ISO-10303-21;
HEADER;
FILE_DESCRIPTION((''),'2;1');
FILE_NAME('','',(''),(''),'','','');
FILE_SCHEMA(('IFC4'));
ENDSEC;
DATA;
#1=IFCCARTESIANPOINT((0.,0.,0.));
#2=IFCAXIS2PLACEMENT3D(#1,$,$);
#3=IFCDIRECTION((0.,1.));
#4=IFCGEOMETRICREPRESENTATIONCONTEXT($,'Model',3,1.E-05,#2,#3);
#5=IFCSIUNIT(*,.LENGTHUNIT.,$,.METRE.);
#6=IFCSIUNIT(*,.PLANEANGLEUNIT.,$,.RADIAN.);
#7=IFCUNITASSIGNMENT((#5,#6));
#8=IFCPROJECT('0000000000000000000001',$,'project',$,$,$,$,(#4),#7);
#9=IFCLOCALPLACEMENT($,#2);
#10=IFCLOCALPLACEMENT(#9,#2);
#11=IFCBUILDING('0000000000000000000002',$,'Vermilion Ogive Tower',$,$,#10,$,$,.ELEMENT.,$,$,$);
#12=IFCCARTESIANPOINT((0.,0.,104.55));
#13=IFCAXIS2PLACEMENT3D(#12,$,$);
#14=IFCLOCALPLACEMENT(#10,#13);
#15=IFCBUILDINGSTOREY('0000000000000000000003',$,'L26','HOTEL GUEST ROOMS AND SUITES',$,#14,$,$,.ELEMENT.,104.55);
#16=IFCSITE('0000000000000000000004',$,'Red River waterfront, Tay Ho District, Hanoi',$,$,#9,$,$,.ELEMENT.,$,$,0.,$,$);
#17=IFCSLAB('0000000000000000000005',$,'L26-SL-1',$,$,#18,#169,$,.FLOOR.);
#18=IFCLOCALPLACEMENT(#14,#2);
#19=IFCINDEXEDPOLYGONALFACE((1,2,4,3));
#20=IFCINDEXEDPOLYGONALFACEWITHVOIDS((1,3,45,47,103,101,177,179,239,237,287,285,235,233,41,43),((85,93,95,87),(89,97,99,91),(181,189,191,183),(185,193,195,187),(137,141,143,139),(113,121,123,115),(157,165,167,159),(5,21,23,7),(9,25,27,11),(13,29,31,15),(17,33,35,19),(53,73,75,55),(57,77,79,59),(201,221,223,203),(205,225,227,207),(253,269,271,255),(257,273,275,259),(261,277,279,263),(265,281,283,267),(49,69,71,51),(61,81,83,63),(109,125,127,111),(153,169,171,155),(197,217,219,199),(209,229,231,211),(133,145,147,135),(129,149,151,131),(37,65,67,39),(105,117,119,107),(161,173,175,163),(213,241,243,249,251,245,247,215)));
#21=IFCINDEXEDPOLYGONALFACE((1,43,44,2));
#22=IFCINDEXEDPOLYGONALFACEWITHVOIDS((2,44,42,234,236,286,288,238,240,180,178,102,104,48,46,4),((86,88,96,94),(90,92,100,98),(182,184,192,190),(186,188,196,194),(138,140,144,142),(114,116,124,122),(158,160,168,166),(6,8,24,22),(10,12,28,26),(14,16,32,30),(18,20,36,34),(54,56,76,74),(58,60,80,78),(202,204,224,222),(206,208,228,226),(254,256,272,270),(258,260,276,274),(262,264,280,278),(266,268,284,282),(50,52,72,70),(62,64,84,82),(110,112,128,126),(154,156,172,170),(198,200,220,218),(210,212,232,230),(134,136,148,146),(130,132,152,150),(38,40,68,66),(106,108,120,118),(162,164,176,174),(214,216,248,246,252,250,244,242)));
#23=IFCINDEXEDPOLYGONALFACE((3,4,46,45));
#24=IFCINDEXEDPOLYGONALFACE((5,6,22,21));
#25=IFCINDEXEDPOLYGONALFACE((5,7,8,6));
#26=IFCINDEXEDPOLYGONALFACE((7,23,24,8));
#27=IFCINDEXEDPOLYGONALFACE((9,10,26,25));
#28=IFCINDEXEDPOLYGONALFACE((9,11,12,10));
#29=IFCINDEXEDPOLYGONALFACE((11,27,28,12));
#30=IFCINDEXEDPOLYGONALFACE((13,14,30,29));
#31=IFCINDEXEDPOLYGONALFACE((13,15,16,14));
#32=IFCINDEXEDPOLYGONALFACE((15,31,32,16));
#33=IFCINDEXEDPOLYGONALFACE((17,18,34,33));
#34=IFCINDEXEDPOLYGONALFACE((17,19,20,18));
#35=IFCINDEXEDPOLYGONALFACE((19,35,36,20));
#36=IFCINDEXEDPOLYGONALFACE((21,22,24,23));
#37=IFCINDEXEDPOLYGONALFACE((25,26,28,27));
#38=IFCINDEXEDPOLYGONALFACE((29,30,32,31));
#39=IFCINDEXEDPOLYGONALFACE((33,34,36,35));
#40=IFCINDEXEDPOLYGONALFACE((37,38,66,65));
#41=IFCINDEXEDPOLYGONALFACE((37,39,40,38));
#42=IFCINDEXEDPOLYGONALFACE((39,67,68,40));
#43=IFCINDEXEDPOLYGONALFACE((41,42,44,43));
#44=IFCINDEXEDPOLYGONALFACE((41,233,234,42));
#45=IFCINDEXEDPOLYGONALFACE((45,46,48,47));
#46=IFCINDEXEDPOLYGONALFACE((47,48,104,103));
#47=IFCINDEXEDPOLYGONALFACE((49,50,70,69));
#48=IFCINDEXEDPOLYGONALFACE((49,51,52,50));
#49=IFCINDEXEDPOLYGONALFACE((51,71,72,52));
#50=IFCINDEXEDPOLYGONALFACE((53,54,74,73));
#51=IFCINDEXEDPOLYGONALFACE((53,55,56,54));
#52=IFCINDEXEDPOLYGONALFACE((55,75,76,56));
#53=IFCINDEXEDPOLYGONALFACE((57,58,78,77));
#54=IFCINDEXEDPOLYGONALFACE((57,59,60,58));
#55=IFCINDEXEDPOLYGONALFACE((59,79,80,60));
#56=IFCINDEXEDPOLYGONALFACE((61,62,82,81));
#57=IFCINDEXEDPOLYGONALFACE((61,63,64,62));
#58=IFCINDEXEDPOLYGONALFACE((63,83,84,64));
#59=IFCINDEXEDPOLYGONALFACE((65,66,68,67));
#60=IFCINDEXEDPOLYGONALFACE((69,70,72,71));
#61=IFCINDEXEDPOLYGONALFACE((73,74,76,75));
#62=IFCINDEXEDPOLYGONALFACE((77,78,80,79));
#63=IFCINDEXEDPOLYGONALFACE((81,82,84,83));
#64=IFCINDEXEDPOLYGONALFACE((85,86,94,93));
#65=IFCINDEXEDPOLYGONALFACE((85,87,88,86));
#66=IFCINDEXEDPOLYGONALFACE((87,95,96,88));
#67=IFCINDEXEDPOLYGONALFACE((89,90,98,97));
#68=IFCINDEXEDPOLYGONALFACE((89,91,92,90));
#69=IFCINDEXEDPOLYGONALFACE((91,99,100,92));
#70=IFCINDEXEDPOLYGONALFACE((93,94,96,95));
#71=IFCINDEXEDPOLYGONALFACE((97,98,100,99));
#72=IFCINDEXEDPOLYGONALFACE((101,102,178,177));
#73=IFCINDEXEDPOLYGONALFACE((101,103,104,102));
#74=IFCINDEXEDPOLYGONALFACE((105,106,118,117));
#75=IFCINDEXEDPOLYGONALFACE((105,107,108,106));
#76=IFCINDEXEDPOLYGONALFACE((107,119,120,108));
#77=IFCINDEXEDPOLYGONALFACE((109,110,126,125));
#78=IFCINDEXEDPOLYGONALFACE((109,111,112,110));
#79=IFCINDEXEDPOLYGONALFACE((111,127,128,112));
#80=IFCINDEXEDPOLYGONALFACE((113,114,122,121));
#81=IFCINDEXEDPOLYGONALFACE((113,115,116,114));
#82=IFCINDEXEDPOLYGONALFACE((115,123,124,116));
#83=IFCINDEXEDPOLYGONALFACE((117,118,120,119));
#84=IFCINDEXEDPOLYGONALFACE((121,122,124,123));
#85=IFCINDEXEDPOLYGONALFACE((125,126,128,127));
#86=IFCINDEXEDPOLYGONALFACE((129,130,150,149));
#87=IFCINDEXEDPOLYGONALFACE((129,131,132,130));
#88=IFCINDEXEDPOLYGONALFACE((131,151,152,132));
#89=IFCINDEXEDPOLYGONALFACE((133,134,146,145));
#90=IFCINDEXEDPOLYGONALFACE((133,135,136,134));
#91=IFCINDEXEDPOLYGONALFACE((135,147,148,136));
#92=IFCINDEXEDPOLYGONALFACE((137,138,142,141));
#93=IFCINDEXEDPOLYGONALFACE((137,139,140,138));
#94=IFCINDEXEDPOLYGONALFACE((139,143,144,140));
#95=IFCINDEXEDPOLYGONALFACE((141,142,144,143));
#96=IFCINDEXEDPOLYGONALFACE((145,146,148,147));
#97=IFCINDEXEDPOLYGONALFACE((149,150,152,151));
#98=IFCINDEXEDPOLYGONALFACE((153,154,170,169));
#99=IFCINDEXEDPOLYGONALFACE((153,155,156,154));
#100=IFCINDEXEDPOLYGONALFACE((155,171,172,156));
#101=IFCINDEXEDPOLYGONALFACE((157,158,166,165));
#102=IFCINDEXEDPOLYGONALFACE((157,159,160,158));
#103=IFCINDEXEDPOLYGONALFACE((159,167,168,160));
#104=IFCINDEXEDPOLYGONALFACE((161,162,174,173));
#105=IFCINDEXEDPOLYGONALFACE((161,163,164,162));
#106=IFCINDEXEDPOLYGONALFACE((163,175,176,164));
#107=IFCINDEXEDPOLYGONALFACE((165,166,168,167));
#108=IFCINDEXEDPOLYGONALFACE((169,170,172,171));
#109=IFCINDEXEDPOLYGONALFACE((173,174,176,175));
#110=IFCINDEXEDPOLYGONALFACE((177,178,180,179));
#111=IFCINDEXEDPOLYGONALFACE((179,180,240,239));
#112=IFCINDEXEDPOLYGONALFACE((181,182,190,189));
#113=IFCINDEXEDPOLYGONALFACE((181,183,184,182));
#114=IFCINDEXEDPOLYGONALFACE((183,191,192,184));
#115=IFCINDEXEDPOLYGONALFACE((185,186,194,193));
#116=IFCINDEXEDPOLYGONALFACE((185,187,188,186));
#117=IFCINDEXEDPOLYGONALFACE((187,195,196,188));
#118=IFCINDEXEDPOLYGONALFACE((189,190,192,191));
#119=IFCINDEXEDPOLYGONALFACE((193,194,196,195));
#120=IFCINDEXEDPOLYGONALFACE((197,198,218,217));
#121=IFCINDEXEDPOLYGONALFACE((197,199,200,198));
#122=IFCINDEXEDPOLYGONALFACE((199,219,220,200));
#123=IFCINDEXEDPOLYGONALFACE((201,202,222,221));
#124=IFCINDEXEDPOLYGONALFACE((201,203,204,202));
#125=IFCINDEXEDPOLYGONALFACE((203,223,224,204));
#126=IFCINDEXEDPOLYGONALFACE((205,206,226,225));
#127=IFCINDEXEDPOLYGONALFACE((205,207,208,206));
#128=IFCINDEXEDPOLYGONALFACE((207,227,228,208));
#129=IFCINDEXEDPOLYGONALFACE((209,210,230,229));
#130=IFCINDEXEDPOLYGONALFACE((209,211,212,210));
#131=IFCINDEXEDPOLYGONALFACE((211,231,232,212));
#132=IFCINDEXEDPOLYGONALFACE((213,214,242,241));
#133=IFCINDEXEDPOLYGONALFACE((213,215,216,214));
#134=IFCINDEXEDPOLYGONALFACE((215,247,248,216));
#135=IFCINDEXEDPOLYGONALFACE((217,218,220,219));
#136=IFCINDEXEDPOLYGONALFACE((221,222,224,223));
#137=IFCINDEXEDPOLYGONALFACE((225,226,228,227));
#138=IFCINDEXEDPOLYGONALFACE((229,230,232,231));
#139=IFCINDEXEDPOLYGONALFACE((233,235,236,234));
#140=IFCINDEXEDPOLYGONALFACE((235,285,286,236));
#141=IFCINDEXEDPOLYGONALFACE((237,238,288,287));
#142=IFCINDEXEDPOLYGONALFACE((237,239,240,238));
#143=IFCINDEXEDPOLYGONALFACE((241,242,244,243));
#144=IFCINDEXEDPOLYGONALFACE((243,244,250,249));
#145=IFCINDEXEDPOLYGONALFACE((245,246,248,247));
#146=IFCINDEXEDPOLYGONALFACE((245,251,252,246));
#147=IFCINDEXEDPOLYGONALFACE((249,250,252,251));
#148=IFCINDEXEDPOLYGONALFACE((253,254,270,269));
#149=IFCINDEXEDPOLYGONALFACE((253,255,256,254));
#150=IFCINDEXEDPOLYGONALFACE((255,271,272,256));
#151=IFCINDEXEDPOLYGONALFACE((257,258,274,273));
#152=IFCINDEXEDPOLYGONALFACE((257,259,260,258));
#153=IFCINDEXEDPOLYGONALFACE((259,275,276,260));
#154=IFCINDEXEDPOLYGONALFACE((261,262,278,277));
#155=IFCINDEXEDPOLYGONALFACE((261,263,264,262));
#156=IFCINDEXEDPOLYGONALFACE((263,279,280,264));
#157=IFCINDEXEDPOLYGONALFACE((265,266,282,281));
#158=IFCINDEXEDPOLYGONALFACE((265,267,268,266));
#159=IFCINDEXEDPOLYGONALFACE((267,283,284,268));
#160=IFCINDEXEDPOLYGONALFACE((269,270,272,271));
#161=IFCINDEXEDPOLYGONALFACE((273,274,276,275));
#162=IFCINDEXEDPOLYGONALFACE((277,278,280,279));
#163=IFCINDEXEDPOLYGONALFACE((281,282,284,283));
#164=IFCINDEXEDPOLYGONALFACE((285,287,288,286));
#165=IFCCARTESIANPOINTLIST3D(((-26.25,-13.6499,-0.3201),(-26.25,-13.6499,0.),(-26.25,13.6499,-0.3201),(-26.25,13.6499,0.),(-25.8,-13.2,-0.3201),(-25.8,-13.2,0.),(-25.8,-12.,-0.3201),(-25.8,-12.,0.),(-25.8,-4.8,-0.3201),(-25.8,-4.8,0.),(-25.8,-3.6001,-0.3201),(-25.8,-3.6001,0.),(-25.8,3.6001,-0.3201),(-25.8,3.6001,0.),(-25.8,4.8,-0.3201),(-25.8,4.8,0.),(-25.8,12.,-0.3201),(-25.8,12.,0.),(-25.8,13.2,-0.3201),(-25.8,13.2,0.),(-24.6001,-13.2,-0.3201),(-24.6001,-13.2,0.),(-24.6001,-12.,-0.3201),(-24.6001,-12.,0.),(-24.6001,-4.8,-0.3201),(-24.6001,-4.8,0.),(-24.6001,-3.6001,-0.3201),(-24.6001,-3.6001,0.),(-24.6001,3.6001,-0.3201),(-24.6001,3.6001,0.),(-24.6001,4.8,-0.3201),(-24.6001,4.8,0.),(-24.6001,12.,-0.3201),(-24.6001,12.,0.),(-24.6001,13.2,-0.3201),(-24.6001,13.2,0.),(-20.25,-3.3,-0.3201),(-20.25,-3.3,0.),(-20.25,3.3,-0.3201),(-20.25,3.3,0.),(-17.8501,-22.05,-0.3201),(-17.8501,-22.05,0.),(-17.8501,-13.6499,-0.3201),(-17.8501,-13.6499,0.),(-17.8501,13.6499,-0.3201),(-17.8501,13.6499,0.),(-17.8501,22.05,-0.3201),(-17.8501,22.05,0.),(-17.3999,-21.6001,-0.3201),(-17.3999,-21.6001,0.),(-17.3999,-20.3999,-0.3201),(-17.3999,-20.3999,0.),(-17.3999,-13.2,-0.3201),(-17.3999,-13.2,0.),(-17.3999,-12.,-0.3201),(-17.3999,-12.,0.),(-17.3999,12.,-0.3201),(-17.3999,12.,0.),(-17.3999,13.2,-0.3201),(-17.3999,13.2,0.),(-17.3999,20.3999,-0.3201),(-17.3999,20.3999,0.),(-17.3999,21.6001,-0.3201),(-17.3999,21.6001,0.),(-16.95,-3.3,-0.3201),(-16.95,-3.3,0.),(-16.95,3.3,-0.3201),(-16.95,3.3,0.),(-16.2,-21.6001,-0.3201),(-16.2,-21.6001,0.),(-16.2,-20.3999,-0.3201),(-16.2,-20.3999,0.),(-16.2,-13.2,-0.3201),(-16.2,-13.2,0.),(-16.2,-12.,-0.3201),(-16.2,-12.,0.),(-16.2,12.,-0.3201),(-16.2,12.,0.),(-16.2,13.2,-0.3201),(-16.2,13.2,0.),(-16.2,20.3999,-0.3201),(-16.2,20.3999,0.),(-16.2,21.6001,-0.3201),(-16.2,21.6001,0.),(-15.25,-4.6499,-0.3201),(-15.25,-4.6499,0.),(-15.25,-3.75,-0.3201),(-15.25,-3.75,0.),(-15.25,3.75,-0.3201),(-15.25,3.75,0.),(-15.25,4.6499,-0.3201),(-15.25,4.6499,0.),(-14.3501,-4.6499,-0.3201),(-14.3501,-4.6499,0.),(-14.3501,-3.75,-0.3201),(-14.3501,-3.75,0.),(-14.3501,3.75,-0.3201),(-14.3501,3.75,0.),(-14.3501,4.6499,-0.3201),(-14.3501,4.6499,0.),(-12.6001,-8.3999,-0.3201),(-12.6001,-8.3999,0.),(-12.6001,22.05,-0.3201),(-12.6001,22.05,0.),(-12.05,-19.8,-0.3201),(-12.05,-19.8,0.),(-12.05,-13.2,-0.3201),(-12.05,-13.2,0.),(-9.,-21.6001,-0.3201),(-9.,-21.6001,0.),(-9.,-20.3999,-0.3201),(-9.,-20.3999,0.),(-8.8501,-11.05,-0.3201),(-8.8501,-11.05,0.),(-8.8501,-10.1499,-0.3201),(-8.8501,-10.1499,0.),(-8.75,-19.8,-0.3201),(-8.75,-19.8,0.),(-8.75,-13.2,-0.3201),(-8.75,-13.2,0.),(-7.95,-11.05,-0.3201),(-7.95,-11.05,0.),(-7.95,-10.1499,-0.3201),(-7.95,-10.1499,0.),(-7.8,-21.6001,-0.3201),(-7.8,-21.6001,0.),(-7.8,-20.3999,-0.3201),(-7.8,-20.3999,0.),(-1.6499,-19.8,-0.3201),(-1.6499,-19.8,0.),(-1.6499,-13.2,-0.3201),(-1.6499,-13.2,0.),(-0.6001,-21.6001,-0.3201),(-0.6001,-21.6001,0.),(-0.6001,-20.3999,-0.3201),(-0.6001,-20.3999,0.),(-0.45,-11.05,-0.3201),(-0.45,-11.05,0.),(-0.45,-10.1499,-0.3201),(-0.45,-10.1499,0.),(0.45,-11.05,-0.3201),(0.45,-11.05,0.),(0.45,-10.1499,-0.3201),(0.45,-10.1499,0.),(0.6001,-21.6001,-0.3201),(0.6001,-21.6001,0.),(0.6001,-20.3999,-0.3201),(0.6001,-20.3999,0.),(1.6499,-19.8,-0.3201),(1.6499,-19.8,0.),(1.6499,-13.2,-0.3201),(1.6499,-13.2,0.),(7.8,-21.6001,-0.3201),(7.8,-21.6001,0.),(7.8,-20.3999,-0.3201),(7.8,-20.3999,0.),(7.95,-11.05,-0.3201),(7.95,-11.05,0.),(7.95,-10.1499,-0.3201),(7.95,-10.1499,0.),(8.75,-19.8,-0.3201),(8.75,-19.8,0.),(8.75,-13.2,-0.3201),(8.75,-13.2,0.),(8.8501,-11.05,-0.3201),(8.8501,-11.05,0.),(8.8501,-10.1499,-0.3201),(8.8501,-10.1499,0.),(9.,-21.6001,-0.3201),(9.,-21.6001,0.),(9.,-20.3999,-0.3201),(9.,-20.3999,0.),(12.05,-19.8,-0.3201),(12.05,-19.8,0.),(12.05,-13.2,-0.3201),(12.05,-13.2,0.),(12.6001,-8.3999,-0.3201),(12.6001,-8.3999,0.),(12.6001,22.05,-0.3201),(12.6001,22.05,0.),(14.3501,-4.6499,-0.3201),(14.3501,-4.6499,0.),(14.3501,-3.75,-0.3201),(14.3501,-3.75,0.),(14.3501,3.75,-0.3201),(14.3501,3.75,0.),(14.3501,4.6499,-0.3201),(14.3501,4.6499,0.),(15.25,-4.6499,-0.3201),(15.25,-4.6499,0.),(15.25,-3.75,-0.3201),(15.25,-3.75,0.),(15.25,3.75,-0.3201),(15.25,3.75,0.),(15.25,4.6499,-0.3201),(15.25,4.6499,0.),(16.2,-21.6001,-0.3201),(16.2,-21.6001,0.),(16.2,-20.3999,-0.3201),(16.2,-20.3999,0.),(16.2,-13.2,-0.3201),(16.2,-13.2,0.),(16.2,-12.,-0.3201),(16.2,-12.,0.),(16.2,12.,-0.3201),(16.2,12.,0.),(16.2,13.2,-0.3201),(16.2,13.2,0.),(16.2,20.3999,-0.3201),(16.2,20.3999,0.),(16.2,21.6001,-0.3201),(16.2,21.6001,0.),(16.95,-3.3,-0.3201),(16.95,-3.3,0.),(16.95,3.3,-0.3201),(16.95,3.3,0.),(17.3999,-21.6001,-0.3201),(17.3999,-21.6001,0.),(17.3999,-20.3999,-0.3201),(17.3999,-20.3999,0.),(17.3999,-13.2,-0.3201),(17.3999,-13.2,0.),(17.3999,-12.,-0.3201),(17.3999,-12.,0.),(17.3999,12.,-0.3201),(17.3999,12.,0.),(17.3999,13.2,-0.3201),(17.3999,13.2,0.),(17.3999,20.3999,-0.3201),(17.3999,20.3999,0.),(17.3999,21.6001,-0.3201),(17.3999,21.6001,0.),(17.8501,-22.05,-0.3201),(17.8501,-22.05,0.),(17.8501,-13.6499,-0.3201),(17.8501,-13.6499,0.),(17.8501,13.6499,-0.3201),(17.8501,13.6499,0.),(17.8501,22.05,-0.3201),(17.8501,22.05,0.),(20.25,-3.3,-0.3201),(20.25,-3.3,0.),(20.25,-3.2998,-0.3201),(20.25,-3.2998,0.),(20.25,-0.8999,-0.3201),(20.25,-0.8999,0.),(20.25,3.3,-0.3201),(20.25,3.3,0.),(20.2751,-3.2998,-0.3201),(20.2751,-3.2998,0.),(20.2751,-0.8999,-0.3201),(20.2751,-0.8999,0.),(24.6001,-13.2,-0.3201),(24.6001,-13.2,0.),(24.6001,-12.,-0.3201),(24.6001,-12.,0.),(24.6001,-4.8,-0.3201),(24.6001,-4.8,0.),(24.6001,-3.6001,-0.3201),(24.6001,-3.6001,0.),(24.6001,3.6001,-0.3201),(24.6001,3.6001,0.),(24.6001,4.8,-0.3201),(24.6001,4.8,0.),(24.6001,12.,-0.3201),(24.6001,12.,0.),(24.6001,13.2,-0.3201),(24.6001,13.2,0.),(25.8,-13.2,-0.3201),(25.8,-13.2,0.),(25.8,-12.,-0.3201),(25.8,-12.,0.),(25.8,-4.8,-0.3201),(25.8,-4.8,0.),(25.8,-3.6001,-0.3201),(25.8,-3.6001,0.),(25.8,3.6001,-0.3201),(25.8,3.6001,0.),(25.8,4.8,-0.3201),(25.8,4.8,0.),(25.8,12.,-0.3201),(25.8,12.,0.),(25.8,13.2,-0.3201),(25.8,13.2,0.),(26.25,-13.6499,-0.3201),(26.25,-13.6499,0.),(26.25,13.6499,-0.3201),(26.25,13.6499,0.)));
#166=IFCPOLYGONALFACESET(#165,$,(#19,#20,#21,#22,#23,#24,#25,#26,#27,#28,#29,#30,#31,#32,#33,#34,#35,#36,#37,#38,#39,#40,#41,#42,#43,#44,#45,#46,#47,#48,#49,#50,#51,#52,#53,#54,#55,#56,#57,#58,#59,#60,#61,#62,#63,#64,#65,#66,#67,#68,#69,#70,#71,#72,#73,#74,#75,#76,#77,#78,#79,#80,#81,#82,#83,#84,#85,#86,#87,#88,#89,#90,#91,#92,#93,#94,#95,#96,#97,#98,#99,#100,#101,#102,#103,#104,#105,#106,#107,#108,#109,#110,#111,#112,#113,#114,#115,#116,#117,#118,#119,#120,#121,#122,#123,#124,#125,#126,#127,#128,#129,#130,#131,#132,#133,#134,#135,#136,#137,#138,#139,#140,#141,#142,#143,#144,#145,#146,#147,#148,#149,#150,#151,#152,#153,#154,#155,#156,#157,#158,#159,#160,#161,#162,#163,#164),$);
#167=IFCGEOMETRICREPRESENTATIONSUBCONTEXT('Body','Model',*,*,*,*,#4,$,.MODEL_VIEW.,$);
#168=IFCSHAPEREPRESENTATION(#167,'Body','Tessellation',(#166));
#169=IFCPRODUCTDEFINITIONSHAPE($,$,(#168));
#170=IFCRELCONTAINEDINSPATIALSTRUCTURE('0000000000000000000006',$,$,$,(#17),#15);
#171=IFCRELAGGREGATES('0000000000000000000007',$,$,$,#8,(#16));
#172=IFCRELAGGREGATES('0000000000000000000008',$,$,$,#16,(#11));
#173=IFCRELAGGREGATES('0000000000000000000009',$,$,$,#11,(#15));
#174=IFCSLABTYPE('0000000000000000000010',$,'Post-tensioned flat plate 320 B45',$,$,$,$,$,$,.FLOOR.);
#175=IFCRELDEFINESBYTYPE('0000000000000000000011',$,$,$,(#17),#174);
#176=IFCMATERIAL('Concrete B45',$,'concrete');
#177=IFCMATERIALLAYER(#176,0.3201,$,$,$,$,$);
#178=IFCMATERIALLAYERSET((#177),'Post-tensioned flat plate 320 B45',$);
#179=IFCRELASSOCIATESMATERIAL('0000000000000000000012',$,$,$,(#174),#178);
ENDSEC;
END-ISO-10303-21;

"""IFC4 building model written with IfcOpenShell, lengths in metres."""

from ifc_helpers import new_model, si_unit, direction, frame, origin, place, context, subcontext, project, spatial, polyline, outline, extrude, material, layer, layer_set, type_object, element, save


model = new_model("IFC4")

# Units and contexts
model_context = context("Model", 3, precision=1e-05, world=origin(), true_north=direction((0.0, 1.0)))
body_context = subcontext(model_context, "Body", "Model", "MODEL_VIEW")
ifc_project = project(units=[si_unit("LENGTHUNIT", "METRE"), si_unit("PLANEANGLEUNIT", "RADIAN")], contexts=[model_context])

# Site, building, storey
site_placement = place(None, origin())
site = spatial("IfcSite", under=ifc_project, at=site_placement, Name="Red River waterfront, Tay Ho District, Hanoi", CompositionType="ELEMENT", RefElevation=0.0)
building_placement = place(site_placement, origin())
building = spatial("IfcBuilding", under=site, at=building_placement, Name="Vermilion Ogive Tower", CompositionType="ELEMENT")
storey_placement = place(building_placement, frame((0.0, 0.0, 104.55)))
storey = spatial("IfcBuildingStorey", under=building, at=storey_placement, Name="L26", Description="HOTEL GUEST ROOMS AND SUITES", CompositionType="ELEMENT", Elevation=104.55)

# Slab
ifc_material_1 = material(Name="Concrete B45", Category="concrete")
ifc_layer_1 = layer(ifc_material_1, 0.3201)
ifc_layer_set_1 = layer_set([ifc_layer_1], Name="Post-tensioned flat plate 320 B45")
slab_type_1 = type_object("IfcSlabType", Name="Post-tensioned flat plate 320 B45", PredefinedType="FLOOR", material=ifc_layer_set_1)
slab_1_placement = place(storey_placement, frame((0.0, 0.0, -0.3201)))
element("IfcSlab", 1, at=slab_1_placement, inside=storey, type_object=slab_type_1, Name="L26-SL-1", PredefinedType="FLOOR", context=body_context, shape_type="SweptSolid", body=[
    extrude(outline(polyline([(-26.25, -13.6499), (-17.8501, -13.6499), (-17.8501, -22.05), (17.8501, -22.05), (17.8501, -13.6499), (26.25, -13.6499), (26.25, 13.6499), (17.8501, 13.6499), (17.8501, 22.05), (12.6001, 22.05), (12.6001, -8.3999), (-12.6001, -8.3999), (-12.6001, 22.05), (-17.8501, 22.05), (-17.8501, 13.6499), (-26.25, 13.6499), (-26.25, -13.6499)]), holes=[polyline([(25.8, -3.6001), (25.8, -4.8), (24.6001, -4.8), (24.6001, -3.6001), (25.8, -3.6001)]), polyline([(25.8, -12.0), (25.8, -13.2), (24.6001, -13.2), (24.6001, -12.0), (25.8, -12.0)]), polyline([(25.8, 12.0), (24.6001, 12.0), (24.6001, 13.2), (25.8, 13.2), (25.8, 12.0)]), polyline([(25.8, 3.6001), (24.6001, 3.6001), (24.6001, 4.8), (25.8, 4.8), (25.8, 3.6001)]), polyline([(20.25, -3.2998), (20.25, -3.3), (16.95, -3.3), (16.95, 3.3), (20.25, 3.3), (20.25, -0.8999), (20.2751, -0.8999), (20.2751, -3.2998), (20.25, -3.2998)]), polyline([(17.3999, -12.0), (17.3999, -13.2), (16.2, -13.2), (16.2, -12.0), (17.3999, -12.0)]), polyline([(17.3999, 20.3999), (16.2, 20.3999), (16.2, 21.6001), (17.3999, 21.6001), (17.3999, 20.3999)]), polyline([(17.3999, -20.3999), (17.3999, -21.6001), (16.2, -21.6001), (16.2, -20.3999), (17.3999, -20.3999)]), polyline([(17.3999, 13.2), (17.3999, 12.0), (16.2, 12.0), (16.2, 13.2), (17.3999, 13.2)]), polyline([(15.25, 4.6499), (15.25, 3.75), (14.3501, 3.75), (14.3501, 4.6499), (15.25, 4.6499)]), polyline([(15.25, -4.6499), (14.3501, -4.6499), (14.3501, -3.75), (15.25, -3.75), (15.25, -4.6499)]), polyline([(12.05, -13.2), (12.05, -19.8), (8.75, -19.8), (8.75, -13.2), (12.05, -13.2)]), polyline([(9.0, -20.3999), (9.0, -21.6001), (7.8, -21.6001), (7.8, -20.3999), (9.0, -20.3999)]), polyline([(8.8501, -11.05), (7.95, -11.05), (7.95, -10.1499), (8.8501, -10.1499), (8.8501, -11.05)]), polyline([(1.6499, -13.2), (1.6499, -19.8), (-1.6499, -19.8), (-1.6499, -13.2), (1.6499, -13.2)]), polyline([(0.6001, -20.3999), (0.6001, -21.6001), (-0.6001, -21.6001), (-0.6001, -20.3999), (0.6001, -20.3999)]), polyline([(0.45, -10.1499), (0.45, -11.05), (-0.45, -11.05), (-0.45, -10.1499), (0.45, -10.1499)]), polyline([(-7.8, -20.3999), (-7.8, -21.6001), (-9.0, -21.6001), (-9.0, -20.3999), (-7.8, -20.3999)]), polyline([(-7.95, -10.1499), (-7.95, -11.05), (-8.8501, -11.05), (-8.8501, -10.1499), (-7.95, -10.1499)]), polyline([(-8.75, -13.2), (-8.75, -19.8), (-12.05, -19.8), (-12.05, -13.2), (-8.75, -13.2)]), polyline([(-14.3501, 4.6499), (-14.3501, 3.75), (-15.25, 3.75), (-15.25, 4.6499), (-14.3501, 4.6499)]), polyline([(-14.3501, -4.6499), (-15.25, -4.6499), (-15.25, -3.75), (-14.3501, -3.75), (-14.3501, -4.6499)]), polyline([(-16.2, 13.2), (-16.2, 12.0), (-17.3999, 12.0), (-17.3999, 13.2), (-16.2, 13.2)]), polyline([(-16.2, -12.0), (-16.2, -13.2), (-17.3999, -13.2), (-17.3999, -12.0), (-16.2, -12.0)]), polyline([(-16.2, -20.3999), (-16.2, -21.6001), (-17.3999, -21.6001), (-17.3999, -20.3999), (-16.2, -20.3999)]), polyline([(-16.2, 20.3999), (-17.3999, 20.3999), (-17.3999, 21.6001), (-16.2, 21.6001), (-16.2, 20.3999)]), polyline([(-16.95, 3.3), (-16.95, -3.3), (-20.25, -3.3), (-20.25, 3.3), (-16.95, 3.3)]), polyline([(-24.6001, 3.6001), (-25.8, 3.6001), (-25.8, 4.8), (-24.6001, 4.8), (-24.6001, 3.6001)]), polyline([(-24.6001, 13.2), (-24.6001, 12.0), (-25.8, 12.0), (-25.8, 13.2), (-24.6001, 13.2)]), polyline([(-24.6001, -3.6001), (-24.6001, -4.8), (-25.8, -4.8), (-25.8, -3.6001), (-24.6001, -3.6001)]), polyline([(-24.6001, -12.0), (-24.6001, -13.2), (-25.8, -13.2), (-25.8, -12.0), (-24.6001, -12.0)])]), origin(), (0.0, 0.0, 1.0), 0.3201),
])

save(model, "model.ifc")
